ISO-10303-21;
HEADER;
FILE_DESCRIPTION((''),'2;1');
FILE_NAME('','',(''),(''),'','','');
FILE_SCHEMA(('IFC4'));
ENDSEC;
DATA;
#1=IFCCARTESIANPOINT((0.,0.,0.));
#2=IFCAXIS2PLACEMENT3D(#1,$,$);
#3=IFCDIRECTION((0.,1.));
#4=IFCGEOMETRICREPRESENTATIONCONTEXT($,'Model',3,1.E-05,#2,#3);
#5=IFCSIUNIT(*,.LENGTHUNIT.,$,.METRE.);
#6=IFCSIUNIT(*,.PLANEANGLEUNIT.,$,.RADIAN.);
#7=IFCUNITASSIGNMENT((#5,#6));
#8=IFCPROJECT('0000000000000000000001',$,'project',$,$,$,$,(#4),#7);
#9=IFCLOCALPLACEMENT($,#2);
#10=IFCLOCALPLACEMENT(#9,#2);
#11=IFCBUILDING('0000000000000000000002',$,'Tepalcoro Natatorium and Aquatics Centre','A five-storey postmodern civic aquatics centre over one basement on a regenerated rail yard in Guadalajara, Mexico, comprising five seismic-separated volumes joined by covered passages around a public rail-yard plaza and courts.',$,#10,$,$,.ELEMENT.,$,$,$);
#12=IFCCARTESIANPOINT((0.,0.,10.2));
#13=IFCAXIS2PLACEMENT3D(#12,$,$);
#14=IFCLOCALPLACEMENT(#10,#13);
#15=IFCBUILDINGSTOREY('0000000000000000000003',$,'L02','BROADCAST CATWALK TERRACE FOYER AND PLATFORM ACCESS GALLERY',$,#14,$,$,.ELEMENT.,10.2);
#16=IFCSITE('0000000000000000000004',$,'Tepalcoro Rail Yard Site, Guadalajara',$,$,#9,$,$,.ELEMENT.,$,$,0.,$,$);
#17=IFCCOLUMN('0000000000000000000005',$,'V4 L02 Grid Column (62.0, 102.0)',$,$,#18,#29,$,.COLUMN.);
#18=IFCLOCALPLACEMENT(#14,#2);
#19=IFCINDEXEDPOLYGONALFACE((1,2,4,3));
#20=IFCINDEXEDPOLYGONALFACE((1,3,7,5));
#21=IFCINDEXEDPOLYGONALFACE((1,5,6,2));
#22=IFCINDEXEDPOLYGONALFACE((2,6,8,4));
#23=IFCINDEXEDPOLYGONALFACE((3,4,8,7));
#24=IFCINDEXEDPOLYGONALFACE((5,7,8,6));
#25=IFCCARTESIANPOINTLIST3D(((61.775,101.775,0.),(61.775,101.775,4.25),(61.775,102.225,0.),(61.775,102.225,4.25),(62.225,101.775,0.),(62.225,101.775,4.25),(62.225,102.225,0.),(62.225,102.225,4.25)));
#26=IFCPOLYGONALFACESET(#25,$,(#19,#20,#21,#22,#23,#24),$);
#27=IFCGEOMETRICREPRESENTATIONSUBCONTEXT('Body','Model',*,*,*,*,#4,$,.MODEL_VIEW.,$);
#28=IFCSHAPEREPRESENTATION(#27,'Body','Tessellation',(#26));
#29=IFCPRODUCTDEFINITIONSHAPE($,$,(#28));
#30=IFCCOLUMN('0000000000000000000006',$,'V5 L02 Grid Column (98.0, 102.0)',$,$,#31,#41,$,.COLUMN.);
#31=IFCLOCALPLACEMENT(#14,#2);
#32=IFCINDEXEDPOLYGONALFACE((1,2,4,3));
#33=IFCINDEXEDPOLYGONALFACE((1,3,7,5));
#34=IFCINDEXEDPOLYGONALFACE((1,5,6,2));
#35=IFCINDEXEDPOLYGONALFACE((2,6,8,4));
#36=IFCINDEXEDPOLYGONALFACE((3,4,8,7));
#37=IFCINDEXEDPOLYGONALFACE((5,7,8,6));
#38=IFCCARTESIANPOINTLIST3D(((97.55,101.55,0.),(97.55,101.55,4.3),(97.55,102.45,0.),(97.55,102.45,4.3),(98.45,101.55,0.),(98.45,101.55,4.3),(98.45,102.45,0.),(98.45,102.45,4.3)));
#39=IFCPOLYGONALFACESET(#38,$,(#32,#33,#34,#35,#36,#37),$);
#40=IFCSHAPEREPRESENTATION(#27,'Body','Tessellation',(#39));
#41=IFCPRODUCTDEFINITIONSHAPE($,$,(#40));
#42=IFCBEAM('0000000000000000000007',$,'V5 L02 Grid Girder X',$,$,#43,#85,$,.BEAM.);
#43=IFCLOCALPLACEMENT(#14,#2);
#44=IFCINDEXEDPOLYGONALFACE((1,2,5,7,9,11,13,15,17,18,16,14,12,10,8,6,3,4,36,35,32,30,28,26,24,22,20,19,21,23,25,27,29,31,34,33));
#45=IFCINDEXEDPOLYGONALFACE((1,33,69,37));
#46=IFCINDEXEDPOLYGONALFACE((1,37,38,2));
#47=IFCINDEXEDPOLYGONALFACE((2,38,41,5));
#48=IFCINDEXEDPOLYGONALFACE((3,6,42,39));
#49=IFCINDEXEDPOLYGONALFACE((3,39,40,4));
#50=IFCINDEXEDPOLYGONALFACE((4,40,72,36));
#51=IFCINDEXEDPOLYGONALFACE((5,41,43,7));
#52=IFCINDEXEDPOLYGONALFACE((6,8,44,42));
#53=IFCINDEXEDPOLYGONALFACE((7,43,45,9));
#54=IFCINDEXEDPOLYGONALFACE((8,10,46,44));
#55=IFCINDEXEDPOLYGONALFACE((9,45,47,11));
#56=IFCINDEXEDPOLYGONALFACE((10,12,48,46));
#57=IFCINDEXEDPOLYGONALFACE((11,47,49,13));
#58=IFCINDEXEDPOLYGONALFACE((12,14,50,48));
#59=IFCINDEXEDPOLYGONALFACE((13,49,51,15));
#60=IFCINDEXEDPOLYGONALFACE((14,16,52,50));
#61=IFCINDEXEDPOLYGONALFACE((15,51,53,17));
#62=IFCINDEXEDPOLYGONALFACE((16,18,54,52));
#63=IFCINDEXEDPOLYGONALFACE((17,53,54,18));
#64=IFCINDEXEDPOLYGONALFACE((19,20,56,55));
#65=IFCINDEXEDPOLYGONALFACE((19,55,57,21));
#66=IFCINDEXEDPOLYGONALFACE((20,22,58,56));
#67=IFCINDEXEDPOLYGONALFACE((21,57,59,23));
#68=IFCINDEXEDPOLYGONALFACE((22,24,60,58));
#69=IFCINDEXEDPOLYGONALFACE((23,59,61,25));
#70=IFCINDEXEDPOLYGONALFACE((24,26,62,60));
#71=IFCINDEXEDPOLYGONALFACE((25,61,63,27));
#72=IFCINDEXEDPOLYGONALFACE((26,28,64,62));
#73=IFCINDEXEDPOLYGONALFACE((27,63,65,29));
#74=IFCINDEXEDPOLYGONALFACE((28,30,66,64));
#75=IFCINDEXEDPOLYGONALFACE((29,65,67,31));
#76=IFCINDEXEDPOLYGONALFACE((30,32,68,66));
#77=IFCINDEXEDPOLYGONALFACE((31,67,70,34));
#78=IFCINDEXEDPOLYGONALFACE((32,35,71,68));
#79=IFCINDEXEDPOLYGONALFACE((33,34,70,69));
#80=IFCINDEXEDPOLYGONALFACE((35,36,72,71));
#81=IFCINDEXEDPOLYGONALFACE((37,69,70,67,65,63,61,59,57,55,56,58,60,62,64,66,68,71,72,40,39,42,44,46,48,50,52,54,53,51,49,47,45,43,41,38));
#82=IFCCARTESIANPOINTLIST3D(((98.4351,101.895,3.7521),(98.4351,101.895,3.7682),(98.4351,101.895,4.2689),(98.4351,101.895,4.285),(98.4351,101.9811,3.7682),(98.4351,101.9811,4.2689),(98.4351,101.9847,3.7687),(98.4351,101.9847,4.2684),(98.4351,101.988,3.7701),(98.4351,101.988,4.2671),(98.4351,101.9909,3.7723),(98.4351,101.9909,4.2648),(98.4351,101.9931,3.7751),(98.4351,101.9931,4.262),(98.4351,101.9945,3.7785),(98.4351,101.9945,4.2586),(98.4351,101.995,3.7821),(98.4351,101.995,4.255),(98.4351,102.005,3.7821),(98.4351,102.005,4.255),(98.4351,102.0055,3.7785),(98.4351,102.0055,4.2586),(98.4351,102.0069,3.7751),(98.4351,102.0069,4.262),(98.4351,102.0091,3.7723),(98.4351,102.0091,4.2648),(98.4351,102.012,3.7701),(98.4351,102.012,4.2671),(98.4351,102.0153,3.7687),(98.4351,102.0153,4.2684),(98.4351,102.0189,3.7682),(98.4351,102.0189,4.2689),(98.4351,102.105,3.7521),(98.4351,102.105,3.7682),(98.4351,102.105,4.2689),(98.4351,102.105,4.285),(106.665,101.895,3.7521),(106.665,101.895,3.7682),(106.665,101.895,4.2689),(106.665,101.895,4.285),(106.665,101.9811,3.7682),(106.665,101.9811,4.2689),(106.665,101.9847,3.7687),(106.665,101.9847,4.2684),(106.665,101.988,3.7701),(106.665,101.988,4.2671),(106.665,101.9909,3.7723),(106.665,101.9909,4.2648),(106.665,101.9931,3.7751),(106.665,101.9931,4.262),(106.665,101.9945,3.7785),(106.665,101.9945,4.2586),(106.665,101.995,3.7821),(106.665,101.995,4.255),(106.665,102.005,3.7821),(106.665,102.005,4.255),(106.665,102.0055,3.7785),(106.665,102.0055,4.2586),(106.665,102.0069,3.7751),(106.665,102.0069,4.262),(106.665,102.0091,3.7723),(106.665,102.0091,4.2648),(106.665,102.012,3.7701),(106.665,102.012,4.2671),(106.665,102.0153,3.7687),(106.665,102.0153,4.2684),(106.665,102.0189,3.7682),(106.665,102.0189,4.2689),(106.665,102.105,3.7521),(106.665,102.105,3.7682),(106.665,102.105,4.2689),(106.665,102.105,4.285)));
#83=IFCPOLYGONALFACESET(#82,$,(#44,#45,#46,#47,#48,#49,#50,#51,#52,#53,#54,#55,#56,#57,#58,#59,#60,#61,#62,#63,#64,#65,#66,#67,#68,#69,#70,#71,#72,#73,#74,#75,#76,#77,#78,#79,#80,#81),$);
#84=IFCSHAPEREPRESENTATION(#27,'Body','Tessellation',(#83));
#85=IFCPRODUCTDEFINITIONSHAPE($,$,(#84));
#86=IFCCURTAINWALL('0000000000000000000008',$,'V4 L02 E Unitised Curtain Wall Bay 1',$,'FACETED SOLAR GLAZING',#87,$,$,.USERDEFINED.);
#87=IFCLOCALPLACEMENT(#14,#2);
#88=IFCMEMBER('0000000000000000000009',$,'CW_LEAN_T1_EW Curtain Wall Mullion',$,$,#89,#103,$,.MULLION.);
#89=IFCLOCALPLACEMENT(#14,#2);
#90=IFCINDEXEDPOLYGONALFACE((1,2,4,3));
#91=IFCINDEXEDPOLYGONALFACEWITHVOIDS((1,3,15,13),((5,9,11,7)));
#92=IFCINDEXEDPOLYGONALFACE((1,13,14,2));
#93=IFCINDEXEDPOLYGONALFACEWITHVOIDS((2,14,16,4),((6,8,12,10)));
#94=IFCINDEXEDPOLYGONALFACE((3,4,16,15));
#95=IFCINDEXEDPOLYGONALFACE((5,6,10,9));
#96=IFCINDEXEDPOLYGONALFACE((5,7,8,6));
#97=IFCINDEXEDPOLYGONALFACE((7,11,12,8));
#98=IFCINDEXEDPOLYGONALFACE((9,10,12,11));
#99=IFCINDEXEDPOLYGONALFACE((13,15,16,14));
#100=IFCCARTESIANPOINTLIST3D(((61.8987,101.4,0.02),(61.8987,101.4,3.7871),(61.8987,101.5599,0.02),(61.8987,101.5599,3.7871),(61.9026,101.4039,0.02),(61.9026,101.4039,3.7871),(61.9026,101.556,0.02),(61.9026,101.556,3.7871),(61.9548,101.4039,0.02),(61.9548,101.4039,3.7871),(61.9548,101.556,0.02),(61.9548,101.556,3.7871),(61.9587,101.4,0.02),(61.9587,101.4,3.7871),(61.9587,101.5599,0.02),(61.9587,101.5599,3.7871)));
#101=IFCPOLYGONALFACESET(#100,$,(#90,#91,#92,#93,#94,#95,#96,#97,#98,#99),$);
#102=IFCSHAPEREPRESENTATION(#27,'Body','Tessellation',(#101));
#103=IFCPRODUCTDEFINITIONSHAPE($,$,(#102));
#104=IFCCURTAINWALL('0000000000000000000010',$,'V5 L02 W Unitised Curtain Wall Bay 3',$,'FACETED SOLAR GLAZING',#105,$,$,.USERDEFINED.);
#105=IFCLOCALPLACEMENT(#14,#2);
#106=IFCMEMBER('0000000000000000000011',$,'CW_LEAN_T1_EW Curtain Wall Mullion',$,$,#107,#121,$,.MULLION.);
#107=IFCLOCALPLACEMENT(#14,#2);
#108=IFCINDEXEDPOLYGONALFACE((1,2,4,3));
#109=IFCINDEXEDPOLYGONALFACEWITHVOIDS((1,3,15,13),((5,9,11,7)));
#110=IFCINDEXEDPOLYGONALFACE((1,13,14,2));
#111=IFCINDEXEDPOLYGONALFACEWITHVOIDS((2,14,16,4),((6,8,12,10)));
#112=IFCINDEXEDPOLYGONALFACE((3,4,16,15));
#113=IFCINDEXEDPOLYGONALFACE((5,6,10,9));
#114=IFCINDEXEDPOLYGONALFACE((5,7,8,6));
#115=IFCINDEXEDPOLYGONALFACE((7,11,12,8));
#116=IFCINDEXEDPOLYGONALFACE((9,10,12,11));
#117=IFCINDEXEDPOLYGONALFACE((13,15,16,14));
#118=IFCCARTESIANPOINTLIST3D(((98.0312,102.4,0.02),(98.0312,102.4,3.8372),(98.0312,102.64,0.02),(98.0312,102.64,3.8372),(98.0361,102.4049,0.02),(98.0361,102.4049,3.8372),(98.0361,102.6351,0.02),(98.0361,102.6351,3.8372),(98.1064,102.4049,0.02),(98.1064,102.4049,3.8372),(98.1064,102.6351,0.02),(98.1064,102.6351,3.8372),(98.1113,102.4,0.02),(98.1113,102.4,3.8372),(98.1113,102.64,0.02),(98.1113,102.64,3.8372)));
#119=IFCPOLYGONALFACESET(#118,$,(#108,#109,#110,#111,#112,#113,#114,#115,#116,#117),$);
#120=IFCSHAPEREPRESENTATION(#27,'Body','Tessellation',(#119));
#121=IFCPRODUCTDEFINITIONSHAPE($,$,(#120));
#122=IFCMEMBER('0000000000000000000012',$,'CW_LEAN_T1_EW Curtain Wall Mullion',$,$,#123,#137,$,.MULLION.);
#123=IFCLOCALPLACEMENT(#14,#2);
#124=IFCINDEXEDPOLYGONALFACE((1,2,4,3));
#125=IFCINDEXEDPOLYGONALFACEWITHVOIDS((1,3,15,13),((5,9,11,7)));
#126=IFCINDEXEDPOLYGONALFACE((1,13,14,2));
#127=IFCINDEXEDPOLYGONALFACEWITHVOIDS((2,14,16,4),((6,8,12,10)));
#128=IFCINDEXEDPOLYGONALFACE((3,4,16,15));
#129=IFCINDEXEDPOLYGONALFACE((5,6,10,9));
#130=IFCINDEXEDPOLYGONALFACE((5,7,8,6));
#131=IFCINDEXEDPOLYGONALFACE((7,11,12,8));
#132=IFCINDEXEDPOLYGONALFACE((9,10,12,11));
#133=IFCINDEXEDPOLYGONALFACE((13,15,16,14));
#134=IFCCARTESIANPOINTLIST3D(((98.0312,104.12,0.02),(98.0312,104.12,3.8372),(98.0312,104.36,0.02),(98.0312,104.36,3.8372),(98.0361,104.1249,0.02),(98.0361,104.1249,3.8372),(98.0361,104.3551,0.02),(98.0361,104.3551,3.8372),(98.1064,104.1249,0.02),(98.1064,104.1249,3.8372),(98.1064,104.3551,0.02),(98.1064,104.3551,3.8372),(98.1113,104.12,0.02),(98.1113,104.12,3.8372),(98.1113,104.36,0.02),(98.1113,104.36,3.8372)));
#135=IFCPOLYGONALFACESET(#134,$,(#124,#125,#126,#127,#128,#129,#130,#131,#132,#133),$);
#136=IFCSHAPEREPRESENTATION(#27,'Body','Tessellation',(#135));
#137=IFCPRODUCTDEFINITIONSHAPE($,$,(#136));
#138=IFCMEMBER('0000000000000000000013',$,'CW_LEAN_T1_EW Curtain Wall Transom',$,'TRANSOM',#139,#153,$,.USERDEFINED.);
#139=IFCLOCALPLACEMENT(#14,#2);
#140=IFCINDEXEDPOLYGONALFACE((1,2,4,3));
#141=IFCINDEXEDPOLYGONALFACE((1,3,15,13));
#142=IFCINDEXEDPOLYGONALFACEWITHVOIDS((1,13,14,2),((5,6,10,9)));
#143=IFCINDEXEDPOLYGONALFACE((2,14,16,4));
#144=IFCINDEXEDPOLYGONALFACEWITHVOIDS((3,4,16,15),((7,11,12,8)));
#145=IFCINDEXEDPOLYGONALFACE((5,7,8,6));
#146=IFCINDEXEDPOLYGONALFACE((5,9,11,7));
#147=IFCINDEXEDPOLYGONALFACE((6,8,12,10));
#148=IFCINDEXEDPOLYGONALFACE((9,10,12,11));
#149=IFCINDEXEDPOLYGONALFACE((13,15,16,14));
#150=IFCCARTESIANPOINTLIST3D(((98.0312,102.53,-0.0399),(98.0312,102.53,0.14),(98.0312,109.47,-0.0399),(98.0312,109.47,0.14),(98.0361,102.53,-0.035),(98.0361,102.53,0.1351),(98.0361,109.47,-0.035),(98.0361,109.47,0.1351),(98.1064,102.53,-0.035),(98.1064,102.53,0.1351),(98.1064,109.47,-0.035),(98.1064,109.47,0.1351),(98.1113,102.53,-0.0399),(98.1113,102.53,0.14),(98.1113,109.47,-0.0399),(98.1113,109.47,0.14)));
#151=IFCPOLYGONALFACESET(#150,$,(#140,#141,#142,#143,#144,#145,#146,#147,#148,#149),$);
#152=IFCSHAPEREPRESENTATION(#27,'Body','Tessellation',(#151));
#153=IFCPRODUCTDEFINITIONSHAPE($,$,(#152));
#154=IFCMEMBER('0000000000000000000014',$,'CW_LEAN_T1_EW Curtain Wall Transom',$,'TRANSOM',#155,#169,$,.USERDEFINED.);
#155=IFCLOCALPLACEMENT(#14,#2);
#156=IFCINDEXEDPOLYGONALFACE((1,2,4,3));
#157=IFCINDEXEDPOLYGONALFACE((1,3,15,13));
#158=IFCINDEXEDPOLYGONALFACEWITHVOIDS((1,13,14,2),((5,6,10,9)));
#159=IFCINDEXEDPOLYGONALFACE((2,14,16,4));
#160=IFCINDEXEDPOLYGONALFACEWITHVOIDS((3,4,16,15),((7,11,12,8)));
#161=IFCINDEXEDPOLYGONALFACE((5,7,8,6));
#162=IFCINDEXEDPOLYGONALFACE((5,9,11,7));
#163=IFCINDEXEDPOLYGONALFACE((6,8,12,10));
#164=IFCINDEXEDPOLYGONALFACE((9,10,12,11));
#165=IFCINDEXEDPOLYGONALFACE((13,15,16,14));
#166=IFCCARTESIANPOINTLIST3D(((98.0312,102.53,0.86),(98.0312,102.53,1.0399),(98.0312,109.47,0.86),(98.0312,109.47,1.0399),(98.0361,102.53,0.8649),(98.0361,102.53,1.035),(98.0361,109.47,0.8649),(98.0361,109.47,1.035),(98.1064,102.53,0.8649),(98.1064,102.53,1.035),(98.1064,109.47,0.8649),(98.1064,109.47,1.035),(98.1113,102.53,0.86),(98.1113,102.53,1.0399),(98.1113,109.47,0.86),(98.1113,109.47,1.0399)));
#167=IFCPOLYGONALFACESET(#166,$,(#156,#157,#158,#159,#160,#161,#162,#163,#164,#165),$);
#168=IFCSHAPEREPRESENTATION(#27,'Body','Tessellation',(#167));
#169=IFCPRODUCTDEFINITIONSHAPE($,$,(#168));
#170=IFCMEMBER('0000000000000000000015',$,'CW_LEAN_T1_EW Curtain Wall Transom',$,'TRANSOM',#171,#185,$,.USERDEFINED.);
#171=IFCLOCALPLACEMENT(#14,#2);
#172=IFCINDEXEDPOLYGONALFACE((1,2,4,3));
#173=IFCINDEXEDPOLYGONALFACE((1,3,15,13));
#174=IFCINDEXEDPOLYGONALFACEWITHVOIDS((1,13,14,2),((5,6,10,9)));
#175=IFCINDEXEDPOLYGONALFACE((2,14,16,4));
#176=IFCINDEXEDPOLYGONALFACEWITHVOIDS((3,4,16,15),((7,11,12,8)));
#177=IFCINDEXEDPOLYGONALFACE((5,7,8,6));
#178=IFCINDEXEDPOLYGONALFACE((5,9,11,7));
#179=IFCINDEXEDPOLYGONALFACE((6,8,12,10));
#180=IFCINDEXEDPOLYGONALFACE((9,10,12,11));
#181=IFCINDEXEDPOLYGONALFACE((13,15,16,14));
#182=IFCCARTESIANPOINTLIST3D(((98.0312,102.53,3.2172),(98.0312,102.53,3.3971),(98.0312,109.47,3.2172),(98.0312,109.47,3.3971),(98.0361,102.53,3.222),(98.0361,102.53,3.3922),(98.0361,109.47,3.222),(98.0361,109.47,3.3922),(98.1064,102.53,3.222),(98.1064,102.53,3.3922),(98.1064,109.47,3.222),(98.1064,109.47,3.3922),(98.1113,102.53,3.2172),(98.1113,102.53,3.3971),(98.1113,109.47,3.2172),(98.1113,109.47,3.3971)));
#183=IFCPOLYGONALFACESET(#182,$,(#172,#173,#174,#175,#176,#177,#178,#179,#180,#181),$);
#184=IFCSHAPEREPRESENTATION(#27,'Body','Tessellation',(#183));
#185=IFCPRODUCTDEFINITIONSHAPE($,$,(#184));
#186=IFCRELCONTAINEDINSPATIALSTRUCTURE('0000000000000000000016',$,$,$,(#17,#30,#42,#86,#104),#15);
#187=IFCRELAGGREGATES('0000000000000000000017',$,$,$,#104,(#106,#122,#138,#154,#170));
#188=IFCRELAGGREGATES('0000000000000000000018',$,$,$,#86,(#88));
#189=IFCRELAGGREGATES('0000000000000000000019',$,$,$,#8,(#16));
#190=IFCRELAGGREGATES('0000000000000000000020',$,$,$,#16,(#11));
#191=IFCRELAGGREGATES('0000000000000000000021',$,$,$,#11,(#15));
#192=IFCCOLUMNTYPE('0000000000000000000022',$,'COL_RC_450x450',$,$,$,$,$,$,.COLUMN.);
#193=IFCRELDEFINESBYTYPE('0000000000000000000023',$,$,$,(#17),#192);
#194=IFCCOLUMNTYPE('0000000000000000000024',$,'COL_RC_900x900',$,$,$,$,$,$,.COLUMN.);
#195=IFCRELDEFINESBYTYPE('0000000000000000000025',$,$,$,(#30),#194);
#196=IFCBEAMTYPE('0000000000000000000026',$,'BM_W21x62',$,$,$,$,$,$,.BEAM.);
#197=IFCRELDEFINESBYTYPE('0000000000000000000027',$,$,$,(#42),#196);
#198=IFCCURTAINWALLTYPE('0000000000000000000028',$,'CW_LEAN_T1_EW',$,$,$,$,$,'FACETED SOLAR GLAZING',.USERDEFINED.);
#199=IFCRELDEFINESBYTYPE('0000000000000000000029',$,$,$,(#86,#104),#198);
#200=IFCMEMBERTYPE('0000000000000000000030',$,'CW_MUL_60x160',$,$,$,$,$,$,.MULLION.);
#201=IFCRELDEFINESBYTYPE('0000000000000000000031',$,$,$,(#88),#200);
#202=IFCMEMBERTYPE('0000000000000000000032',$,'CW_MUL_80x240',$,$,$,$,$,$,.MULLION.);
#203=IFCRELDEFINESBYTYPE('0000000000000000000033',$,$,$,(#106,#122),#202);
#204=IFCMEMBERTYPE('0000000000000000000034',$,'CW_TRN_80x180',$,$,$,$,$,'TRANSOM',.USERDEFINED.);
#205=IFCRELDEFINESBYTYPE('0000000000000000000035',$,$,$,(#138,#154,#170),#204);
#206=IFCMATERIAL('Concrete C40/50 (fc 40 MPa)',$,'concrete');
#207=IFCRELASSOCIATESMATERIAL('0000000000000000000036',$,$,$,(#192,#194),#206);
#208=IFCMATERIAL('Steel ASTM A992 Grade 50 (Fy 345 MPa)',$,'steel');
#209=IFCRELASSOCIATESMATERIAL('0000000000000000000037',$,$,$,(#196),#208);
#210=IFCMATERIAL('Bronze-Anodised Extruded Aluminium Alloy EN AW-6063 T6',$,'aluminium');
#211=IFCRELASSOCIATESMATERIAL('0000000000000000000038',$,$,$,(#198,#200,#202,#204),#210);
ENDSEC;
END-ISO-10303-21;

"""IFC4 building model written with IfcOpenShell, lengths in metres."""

from ifc_helpers import new_model, si_unit, direction, frame, origin, origin_2d, place, context, subcontext, project, spatial, rectangle, hollow_rectangle, i_section, extrude, material, material_profile, profile_set, type_object, element, aggregate, save


model = new_model("IFC4")

# Units and contexts
model_context = context("Model", 3, precision=1e-05, world=origin(), true_north=direction((0.0, 1.0)))
body_context = subcontext(model_context, "Body", "Model", "MODEL_VIEW")
ifc_project = project(units=[si_unit("LENGTHUNIT", "METRE"), si_unit("PLANEANGLEUNIT", "RADIAN")], contexts=[model_context])

# Site, building, storey
site_placement = place(None, origin())
site = spatial("IfcSite", under=ifc_project, at=site_placement, Name="Tepalcoro Rail Yard Site, Guadalajara", CompositionType="ELEMENT", RefElevation=0.0)
building_placement = place(site_placement, origin())
building = spatial("IfcBuilding", under=site, at=building_placement, Name="Tepalcoro Natatorium and Aquatics Centre", Description="A five-storey postmodern civic aquatics centre over one basement on a regenerated rail yard in Guadalajara, Mexico, comprising five seismic-separated volumes joined by covered passages around a public rail-yard plaza and courts.", CompositionType="ELEMENT")
storey_placement = place(building_placement, frame((0.0, 0.0, 10.2)))
storey = spatial("IfcBuildingStorey", under=building, at=storey_placement, Name="L02", Description="BROADCAST CATWALK TERRACE FOYER AND PLATFORM ACCESS GALLERY", CompositionType="ELEMENT", Elevation=10.2)

# Columns
ifc_material_1 = material(Name="Concrete C40/50 (fc 40 MPa)", Category="concrete")
ifc_material_profile_1 = material_profile(ifc_material_1, rectangle(XDim=0.45, YDim=0.45, at=origin_2d()), Name="RC450x450")
ifc_profile_set_1 = profile_set([ifc_material_profile_1], Name="Concrete C40/50 (fc 40 MPa)")
column_type_1 = type_object("IfcColumnType", Name="COL_RC_450x450", PredefinedType="COLUMN", material=ifc_profile_set_1)
column_1_placement = place(storey_placement, frame((62.0, 102.0, 0.0), z_axis=(0.0, 0.0, 1.0), x_axis=(1.0, 0.0, 0.0)))
element("IfcColumn", 1, at=column_1_placement, inside=storey, type_object=column_type_1, Name="V4 L02 Grid Column (62.0, 102.0)", PredefinedType="COLUMN", context=body_context, shape_type="SweptSolid", body=[
    extrude(rectangle(XDim=0.45, YDim=0.45, at=origin_2d()), origin(), (0.0, 0.0, 1.0), 4.25),
])
ifc_material_profile_2 = material_profile(ifc_material_1, rectangle(XDim=0.8999, YDim=0.8999, at=origin_2d()), Name="RC900x900")
ifc_profile_set_2 = profile_set([ifc_material_profile_2], Name="Concrete C40/50 (fc 40 MPa)")
column_type_2 = type_object("IfcColumnType", Name="COL_RC_900x900", PredefinedType="COLUMN", material=ifc_profile_set_2)
column_2_placement = place(storey_placement, frame((98.0, 102.0, 0.0), z_axis=(0.0, 0.0, 1.0), x_axis=(1.0, 0.0, 0.0)))
element("IfcColumn", 2, at=column_2_placement, inside=storey, type_object=column_type_2, Name="V5 L02 Grid Column (98.0, 102.0)", PredefinedType="COLUMN", context=body_context, shape_type="SweptSolid", body=[
    extrude(rectangle(XDim=0.8999, YDim=0.8999, at=origin_2d()), origin(), (0.0, 0.0, 1.0), 4.3),
])

# Beam
ifc_material_2 = material(Name="Steel ASTM A992 Grade 50 (Fy 345 MPa)", Category="steel")
ifc_material_profile_3 = material_profile(ifc_material_2, i_section(OverallWidth=0.21, OverallDepth=0.533, WebThickness=0.01, FlangeThickness=0.0161, FilletRadius=0.0139, at=origin_2d()), Name="W21X62")
ifc_profile_set_3 = profile_set([ifc_material_profile_3], Name="Steel ASTM A992 Grade 50 (Fy 345 MPa)")
beam_type_1 = type_object("IfcBeamType", Name="BM_W21x62", PredefinedType="BEAM", material=ifc_profile_set_3)
beam_1_placement = place(storey_placement, frame((98.4351, 102.0, 4.0186), z_axis=(1.0, 0.0, 0.0), x_axis=(0.0, 1.0, 0.0)))
element("IfcBeam", 3, at=beam_1_placement, inside=storey, type_object=beam_type_1, Name="V5 L02 Grid Girder X", PredefinedType="BEAM", context=body_context, shape_type="SweptSolid", body=[
    extrude(i_section(OverallWidth=0.21, OverallDepth=0.533, WebThickness=0.01, FlangeThickness=0.0161, FilletRadius=0.0139, at=origin_2d()), origin(), (0.0, 0.0, 1.0), 8.23),
])

# Curtain wall, member
ifc_material_3 = material(Name="Bronze-Anodised Extruded Aluminium Alloy EN AW-6063 T6", Category="aluminium")
curtain_wall_type = type_object("IfcCurtainWallType", Name="CW_LEAN_T1_EW", ElementType="FACETED SOLAR GLAZING", PredefinedType="USERDEFINED", material=ifc_material_3)
curtain_wall_1_placement = place(storey_placement, origin())
curtain_wall_1 = element("IfcCurtainWall", 4, at=curtain_wall_1_placement, inside=storey, type_object=curtain_wall_type, Name="V4 L02 E Unitised Curtain Wall Bay 1", ObjectType="FACETED SOLAR GLAZING", PredefinedType="USERDEFINED")
ifc_material_profile_4 = material_profile(ifc_material_3, hollow_rectangle(XDim=0.0601, YDim=0.1599, WallThickness=0.0039, at=origin_2d()), Name="AL60X160X4")
ifc_profile_set_4 = profile_set([ifc_material_profile_4], Name="Bronze-Anodised Extruded Aluminium Alloy EN AW-6063 T6")
member_type_1 = type_object("IfcMemberType", Name="CW_MUL_60x160", PredefinedType="MULLION", material=ifc_profile_set_4)
member_1_placement = place(storey_placement, frame((61.9287, 101.48, 0.02), z_axis=(0.0, 0.0, 1.0), x_axis=(1.0, 0.0, 0.0)))
member_1 = element("IfcMember", 5, at=member_1_placement, type_object=member_type_1, Name="CW_LEAN_T1_EW Curtain Wall Mullion", PredefinedType="MULLION", context=body_context, shape_type="SweptSolid", body=[
    extrude(hollow_rectangle(XDim=0.0601, YDim=0.1599, WallThickness=0.0039, at=origin_2d()), origin(), (0.0, 0.0, 1.0), 3.7671),
])

# Curtain wall, members
curtain_wall_2_placement = place(storey_placement, origin())
curtain_wall_2 = element("IfcCurtainWall", 6, at=curtain_wall_2_placement, inside=storey, type_object=curtain_wall_type, Name="V5 L02 W Unitised Curtain Wall Bay 3", ObjectType="FACETED SOLAR GLAZING", PredefinedType="USERDEFINED")
ifc_material_profile_5 = material_profile(ifc_material_3, hollow_rectangle(XDim=0.0801, YDim=0.24, WallThickness=0.0049, at=origin_2d()), Name="AL80X240X5")
ifc_profile_set_5 = profile_set([ifc_material_profile_5], Name="Bronze-Anodised Extruded Aluminium Alloy EN AW-6063 T6")
member_type_2 = type_object("IfcMemberType", Name="CW_MUL_80x240", PredefinedType="MULLION", material=ifc_profile_set_5)
member_2_placement = place(storey_placement, frame((98.0713, 102.52, 0.02), z_axis=(0.0, 0.0, 1.0), x_axis=(1.0, 0.0, 0.0)))
member_2 = element("IfcMember", 7, at=member_2_placement, type_object=member_type_2, Name="CW_LEAN_T1_EW Curtain Wall Mullion", PredefinedType="MULLION", context=body_context, shape_type="SweptSolid", body=[
    extrude(hollow_rectangle(XDim=0.0801, YDim=0.24, WallThickness=0.0049, at=origin_2d()), origin(), (0.0, 0.0, 1.0), 3.8171),
])
member_3_placement = place(storey_placement, frame((98.0713, 104.24, 0.02), z_axis=(0.0, 0.0, 1.0), x_axis=(1.0, 0.0, 0.0)))
member_3 = element("IfcMember", 8, at=member_3_placement, type_object=member_type_2, Name="CW_LEAN_T1_EW Curtain Wall Mullion", PredefinedType="MULLION", context=body_context, shape_type="SweptSolid", body=[
    extrude(hollow_rectangle(XDim=0.0801, YDim=0.24, WallThickness=0.0049, at=origin_2d()), origin(), (0.0, 0.0, 1.0), 3.8171),
])
ifc_material_profile_6 = material_profile(ifc_material_3, hollow_rectangle(XDim=0.0801, YDim=0.1799, WallThickness=0.0049, at=origin_2d()), Name="AL80X180X5")
ifc_profile_set_6 = profile_set([ifc_material_profile_6], Name="Bronze-Anodised Extruded Aluminium Alloy EN AW-6063 T6")
member_type_3 = type_object("IfcMemberType", Name="CW_TRN_80x180", ElementType="TRANSOM", PredefinedType="USERDEFINED", material=ifc_profile_set_6)
member_4_placement = place(storey_placement, frame((98.0713, 102.53, 0.05), z_axis=(0.0, 1.0, 0.0), x_axis=(-1.0, 0.0, 0.0)))
member_4 = element("IfcMember", 9, at=member_4_placement, type_object=member_type_3, Name="CW_LEAN_T1_EW Curtain Wall Transom", ObjectType="TRANSOM", PredefinedType="USERDEFINED", context=body_context, shape_type="SweptSolid", body=[
    extrude(hollow_rectangle(XDim=0.0801, YDim=0.1799, WallThickness=0.0049, at=origin_2d()), origin(), (0.0, 0.0, 1.0), 6.9399),
])
member_5_placement = place(storey_placement, frame((98.0713, 102.53, 0.95), z_axis=(0.0, 1.0, 0.0), x_axis=(-1.0, 0.0, 0.0)))
member_5 = element("IfcMember", 10, at=member_5_placement, type_object=member_type_3, Name="CW_LEAN_T1_EW Curtain Wall Transom", ObjectType="TRANSOM", PredefinedType="USERDEFINED", context=body_context, shape_type="SweptSolid", body=[
    extrude(hollow_rectangle(XDim=0.0801, YDim=0.1799, WallThickness=0.0049, at=origin_2d()), origin(), (0.0, 0.0, 1.0), 6.9399),
])
member_6_placement = place(storey_placement, frame((98.0713, 102.53, 3.3071), z_axis=(0.0, 1.0, 0.0), x_axis=(-1.0, 0.0, 0.0)))
member_6 = element("IfcMember", 11, at=member_6_placement, type_object=member_type_3, Name="CW_LEAN_T1_EW Curtain Wall Transom", ObjectType="TRANSOM", PredefinedType="USERDEFINED", context=body_context, shape_type="SweptSolid", body=[
    extrude(hollow_rectangle(XDim=0.0801, YDim=0.1799, WallThickness=0.0049, at=origin_2d()), origin(), (0.0, 0.0, 1.0), 6.9399),
])

aggregate(curtain_wall_2, [member_2, member_3, member_4, member_5, member_6])
aggregate(curtain_wall_1, [member_1])

save(model, "model.ifc")
